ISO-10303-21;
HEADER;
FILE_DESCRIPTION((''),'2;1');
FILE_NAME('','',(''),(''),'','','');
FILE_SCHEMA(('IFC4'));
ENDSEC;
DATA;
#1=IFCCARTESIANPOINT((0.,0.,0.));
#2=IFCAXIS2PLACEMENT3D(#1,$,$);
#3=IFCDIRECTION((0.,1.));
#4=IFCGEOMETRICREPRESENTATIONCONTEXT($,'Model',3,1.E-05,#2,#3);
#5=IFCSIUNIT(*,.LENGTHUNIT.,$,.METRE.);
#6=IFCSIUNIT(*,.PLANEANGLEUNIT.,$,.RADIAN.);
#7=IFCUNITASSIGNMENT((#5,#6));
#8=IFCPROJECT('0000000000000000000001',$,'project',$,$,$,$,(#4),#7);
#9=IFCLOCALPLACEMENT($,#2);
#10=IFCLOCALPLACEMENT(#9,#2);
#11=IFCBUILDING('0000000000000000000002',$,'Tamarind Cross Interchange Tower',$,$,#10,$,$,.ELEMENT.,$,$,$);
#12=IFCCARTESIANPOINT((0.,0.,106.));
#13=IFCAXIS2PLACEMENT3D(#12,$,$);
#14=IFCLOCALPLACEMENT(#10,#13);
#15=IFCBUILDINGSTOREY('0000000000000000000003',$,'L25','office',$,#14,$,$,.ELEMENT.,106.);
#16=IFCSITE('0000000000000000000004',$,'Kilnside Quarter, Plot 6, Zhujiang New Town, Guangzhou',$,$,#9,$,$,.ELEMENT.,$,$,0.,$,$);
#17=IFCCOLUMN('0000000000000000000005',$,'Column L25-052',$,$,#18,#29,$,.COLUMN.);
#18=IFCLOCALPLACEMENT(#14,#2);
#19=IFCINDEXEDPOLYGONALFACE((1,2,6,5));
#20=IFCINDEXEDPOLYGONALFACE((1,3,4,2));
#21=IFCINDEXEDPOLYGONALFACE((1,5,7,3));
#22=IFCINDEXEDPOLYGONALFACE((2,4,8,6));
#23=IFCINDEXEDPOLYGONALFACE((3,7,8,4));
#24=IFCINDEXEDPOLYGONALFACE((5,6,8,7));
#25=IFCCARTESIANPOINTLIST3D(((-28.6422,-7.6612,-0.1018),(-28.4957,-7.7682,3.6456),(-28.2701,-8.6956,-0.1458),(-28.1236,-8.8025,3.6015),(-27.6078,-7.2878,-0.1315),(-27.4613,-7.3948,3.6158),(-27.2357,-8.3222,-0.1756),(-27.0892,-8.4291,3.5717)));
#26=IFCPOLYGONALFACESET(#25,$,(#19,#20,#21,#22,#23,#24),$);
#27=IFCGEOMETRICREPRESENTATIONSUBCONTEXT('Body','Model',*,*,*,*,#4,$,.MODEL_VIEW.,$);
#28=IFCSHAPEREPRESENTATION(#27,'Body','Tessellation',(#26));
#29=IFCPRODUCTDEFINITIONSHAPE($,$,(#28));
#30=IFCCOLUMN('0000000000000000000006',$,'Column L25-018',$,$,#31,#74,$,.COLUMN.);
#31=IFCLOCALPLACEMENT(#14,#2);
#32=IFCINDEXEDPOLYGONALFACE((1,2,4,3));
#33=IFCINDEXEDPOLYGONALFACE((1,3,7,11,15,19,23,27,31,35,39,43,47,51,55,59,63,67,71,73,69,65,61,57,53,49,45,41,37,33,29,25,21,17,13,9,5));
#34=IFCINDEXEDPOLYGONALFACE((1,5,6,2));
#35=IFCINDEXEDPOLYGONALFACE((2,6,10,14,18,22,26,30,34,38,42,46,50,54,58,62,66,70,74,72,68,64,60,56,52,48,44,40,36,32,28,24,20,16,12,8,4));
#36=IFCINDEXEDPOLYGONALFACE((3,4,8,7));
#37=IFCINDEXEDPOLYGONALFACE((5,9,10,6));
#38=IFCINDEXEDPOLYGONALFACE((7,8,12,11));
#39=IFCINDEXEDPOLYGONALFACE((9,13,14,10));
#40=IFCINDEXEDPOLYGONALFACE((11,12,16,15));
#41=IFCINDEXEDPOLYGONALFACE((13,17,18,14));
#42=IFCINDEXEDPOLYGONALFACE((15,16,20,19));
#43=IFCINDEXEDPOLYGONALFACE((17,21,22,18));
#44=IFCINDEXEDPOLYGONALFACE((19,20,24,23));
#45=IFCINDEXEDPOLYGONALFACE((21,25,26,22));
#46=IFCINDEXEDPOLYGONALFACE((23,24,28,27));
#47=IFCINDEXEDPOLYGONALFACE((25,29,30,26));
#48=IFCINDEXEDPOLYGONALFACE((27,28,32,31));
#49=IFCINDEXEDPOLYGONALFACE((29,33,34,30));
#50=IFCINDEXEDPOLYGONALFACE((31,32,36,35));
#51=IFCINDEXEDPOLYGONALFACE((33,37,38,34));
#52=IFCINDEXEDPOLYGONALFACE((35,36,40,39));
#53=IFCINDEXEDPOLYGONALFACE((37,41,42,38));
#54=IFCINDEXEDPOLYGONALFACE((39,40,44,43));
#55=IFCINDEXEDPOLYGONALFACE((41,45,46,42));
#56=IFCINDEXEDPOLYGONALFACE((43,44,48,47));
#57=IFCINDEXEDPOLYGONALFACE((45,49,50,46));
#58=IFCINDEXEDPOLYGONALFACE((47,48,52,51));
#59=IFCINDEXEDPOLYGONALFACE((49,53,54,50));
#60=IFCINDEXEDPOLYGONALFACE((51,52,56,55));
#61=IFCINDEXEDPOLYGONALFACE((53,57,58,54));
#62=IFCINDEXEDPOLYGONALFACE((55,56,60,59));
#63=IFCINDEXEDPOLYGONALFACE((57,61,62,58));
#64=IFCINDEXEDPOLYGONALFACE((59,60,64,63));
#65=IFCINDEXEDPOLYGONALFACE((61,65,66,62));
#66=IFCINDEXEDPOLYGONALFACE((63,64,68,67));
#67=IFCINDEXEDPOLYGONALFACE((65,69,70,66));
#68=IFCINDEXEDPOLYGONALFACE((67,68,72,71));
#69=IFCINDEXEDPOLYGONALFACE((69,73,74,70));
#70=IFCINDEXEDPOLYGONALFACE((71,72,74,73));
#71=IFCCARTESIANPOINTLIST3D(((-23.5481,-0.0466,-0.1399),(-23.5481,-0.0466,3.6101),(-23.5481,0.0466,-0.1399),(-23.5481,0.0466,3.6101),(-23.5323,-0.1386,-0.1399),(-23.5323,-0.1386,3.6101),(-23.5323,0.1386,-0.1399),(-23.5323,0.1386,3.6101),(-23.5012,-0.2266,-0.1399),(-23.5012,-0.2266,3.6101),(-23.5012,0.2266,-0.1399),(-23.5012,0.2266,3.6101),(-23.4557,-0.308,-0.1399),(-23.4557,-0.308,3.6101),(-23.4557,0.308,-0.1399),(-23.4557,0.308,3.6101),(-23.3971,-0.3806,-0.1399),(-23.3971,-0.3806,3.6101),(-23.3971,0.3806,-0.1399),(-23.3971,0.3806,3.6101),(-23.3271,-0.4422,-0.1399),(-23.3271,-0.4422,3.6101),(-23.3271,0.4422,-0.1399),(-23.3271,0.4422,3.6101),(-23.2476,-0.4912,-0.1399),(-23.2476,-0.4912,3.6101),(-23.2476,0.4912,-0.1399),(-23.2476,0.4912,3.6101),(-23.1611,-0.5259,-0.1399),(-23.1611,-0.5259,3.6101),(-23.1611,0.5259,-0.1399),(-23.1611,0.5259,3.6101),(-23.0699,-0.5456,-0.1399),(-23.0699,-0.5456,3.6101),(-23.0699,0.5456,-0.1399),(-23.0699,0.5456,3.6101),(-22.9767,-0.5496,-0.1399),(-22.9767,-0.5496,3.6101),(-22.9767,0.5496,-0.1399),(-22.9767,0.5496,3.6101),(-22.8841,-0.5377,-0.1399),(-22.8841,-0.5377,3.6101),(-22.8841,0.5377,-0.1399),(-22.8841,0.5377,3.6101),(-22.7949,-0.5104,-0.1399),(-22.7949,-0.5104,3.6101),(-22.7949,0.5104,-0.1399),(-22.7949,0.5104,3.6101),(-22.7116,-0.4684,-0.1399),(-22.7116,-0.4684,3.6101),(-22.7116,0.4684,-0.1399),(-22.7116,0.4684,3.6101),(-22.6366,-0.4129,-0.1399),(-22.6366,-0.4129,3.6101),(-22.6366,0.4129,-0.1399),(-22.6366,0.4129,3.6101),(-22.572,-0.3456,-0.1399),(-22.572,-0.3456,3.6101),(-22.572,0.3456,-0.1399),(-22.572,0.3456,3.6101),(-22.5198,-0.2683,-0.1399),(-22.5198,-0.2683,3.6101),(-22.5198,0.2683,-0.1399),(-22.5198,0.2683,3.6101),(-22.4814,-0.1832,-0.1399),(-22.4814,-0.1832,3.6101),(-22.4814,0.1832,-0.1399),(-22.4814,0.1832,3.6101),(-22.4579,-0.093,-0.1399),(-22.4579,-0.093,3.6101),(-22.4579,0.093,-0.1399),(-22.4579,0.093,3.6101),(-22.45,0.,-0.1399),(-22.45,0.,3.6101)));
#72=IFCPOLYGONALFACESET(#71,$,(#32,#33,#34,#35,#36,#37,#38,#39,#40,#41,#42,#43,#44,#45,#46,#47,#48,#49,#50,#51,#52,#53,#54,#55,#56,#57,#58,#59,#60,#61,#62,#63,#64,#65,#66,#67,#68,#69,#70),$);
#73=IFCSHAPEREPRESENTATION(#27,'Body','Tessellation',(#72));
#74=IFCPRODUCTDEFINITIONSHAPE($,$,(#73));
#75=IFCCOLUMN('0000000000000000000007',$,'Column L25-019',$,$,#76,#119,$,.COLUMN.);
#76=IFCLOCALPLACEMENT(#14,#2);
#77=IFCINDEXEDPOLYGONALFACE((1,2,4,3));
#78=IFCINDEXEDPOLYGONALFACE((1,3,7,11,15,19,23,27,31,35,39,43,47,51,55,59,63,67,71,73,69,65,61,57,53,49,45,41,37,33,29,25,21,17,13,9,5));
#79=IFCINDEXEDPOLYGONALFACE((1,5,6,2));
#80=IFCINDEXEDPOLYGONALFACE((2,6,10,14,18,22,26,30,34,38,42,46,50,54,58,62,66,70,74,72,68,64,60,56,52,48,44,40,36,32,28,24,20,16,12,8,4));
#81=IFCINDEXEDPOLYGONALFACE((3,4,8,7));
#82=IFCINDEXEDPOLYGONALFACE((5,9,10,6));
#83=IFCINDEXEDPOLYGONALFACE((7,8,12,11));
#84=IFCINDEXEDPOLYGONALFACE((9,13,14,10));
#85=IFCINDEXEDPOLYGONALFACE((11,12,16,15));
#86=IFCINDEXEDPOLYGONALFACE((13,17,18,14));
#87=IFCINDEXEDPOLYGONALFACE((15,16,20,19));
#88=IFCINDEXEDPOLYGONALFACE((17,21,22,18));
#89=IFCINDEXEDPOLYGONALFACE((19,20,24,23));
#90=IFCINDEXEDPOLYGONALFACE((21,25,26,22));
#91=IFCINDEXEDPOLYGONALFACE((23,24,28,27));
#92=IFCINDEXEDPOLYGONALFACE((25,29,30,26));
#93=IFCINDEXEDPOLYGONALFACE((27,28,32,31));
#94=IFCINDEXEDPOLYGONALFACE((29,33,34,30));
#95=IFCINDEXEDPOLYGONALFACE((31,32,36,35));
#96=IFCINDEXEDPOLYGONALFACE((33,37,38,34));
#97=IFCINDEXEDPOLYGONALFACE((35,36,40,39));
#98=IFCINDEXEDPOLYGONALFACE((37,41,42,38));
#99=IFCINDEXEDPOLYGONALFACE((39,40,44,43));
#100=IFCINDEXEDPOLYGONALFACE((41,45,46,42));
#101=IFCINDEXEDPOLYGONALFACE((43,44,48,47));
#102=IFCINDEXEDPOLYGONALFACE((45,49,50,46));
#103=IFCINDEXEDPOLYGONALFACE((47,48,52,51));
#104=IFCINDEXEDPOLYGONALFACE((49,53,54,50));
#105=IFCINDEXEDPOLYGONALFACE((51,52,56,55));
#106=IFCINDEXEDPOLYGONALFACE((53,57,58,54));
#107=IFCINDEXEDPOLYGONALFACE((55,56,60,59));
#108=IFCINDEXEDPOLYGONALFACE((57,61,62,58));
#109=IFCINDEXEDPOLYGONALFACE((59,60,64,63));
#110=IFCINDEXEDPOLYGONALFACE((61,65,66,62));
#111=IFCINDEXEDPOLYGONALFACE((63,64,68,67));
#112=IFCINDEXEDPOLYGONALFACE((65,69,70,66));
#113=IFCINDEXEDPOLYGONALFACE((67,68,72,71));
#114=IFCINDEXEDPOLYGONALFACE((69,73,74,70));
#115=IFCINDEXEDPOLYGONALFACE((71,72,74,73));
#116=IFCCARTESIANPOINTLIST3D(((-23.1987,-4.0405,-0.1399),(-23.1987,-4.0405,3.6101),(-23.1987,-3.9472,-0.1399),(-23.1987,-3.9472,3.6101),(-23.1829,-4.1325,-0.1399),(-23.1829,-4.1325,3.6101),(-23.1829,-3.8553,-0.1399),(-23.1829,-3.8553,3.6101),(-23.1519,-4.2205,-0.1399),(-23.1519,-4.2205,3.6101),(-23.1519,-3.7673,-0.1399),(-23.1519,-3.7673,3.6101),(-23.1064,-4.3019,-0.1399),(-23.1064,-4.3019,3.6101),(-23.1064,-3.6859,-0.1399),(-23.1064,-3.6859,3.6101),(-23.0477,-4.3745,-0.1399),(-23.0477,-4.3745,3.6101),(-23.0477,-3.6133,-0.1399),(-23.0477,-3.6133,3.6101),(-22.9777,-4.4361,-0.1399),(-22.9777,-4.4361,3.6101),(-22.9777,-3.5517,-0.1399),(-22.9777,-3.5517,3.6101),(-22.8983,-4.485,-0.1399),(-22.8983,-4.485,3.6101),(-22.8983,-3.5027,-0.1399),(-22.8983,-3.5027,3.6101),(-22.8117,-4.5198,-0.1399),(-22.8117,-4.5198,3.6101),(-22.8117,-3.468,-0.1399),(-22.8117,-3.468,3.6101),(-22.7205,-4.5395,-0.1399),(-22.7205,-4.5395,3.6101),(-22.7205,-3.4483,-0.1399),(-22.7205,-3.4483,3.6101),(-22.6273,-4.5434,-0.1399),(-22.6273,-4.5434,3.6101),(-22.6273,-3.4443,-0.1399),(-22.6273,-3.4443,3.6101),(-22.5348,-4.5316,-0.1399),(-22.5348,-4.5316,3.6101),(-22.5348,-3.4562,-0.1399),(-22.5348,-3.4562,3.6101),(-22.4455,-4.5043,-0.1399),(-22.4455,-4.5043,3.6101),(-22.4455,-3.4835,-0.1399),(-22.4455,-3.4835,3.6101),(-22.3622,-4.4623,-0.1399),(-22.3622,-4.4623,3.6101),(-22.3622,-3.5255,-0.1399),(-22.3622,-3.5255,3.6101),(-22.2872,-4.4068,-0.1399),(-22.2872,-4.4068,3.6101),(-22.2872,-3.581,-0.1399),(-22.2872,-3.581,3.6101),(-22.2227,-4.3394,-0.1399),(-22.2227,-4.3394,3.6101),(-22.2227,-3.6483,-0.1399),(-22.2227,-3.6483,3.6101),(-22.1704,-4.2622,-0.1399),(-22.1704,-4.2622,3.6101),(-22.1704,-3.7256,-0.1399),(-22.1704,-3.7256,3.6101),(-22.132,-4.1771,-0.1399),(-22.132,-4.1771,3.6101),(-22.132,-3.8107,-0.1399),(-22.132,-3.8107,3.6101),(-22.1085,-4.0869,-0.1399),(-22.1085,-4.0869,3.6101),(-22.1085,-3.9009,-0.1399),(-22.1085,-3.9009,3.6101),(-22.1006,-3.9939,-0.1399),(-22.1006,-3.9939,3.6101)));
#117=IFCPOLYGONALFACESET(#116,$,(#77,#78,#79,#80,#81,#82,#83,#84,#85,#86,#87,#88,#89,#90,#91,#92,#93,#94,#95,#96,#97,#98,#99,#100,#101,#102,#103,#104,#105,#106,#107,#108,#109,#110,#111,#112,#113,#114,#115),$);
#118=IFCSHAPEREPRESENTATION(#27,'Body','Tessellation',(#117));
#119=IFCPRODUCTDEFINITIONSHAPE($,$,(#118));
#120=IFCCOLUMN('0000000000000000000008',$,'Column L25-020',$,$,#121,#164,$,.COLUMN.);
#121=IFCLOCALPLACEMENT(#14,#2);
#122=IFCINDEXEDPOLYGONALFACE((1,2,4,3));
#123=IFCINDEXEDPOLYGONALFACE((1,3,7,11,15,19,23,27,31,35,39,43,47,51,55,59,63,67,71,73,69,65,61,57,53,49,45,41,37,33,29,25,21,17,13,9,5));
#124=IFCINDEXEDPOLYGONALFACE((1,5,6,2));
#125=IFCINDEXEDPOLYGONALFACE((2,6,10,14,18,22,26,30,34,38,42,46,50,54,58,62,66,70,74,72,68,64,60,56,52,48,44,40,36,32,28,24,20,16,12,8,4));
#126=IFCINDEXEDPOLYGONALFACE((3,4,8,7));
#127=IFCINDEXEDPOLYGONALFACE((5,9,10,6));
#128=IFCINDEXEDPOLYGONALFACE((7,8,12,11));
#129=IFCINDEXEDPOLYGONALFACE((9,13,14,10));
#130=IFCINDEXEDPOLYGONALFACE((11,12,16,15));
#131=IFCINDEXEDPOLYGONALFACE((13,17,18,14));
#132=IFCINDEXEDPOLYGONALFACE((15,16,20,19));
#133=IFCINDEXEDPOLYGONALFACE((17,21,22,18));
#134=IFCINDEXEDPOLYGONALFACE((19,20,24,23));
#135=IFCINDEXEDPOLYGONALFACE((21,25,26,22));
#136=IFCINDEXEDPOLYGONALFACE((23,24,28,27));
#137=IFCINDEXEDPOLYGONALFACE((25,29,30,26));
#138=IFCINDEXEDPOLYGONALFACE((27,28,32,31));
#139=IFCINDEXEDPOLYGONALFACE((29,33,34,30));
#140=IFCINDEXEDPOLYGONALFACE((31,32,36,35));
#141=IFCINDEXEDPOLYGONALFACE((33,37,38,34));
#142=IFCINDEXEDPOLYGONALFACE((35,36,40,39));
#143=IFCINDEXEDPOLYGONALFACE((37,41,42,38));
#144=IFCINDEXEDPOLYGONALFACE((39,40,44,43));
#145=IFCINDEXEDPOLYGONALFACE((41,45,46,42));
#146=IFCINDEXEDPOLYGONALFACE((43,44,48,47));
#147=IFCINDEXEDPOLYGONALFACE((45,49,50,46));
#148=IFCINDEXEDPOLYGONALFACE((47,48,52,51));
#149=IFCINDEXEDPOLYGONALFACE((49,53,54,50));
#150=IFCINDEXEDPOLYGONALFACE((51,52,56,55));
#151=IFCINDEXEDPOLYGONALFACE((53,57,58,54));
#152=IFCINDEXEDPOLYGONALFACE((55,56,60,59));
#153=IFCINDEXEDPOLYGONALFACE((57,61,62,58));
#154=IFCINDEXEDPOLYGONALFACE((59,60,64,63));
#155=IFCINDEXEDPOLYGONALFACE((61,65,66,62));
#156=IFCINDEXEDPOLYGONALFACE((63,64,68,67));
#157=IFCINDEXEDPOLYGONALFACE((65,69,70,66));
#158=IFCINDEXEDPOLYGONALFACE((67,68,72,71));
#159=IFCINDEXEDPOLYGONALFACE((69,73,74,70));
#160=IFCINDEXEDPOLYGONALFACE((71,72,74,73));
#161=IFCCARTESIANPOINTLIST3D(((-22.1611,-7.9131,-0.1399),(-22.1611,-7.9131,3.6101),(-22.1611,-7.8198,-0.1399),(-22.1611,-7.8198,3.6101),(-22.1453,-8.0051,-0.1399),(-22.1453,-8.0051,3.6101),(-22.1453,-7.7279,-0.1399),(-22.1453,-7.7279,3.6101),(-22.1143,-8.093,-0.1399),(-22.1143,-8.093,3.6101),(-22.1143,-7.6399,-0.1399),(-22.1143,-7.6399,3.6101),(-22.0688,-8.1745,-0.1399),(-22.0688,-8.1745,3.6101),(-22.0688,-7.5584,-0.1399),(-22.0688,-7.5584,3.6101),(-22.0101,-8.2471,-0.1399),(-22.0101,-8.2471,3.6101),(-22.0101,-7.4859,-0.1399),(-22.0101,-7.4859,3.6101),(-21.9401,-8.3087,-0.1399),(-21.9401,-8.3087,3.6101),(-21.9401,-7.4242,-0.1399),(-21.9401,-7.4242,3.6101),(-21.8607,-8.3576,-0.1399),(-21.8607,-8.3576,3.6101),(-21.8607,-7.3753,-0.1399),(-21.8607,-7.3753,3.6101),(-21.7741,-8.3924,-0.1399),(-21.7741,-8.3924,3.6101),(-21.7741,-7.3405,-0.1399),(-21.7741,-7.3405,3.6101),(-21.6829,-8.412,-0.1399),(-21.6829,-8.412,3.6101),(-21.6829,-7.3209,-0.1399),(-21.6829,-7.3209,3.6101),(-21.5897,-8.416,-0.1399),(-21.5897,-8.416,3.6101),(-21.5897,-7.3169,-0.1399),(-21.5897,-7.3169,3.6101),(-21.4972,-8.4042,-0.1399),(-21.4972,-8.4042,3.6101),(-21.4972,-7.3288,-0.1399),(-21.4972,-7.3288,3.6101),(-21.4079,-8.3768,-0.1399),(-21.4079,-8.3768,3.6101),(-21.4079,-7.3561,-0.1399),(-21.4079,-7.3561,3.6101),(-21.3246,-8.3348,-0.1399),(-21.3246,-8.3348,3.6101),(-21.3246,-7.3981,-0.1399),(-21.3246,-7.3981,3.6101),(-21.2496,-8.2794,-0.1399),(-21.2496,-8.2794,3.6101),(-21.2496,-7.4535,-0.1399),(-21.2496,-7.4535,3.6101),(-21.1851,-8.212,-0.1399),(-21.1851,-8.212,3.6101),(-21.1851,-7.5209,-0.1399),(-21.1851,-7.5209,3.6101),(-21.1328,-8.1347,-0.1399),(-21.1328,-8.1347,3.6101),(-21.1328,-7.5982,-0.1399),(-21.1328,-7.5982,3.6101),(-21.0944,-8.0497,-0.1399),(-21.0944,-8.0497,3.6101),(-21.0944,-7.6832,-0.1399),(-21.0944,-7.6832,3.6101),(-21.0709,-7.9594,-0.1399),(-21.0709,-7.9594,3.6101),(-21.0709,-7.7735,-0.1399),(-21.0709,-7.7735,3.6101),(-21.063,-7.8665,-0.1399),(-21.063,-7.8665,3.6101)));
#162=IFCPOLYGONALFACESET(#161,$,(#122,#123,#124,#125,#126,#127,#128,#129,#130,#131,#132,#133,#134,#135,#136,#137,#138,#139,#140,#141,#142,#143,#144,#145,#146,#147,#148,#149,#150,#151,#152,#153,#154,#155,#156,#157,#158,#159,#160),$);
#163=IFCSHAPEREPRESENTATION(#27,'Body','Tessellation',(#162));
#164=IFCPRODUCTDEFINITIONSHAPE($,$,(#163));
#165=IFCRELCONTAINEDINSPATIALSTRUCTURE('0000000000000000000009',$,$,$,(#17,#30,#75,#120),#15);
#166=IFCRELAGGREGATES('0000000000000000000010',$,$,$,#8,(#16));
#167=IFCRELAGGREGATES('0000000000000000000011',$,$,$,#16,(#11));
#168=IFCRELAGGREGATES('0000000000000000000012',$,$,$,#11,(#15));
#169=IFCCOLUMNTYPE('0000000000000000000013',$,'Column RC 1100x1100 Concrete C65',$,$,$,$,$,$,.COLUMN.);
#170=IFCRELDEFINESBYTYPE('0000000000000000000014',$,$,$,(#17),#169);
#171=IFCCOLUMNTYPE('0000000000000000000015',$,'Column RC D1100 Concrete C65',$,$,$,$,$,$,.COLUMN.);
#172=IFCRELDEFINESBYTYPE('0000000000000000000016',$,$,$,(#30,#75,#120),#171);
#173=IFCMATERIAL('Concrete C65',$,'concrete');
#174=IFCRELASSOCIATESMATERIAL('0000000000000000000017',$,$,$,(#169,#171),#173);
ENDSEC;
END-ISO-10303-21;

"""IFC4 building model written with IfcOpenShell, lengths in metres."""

from ifc_helpers import new_model, si_unit, direction, frame, origin, origin_2d, place, context, subcontext, project, spatial, rectangle, circle, extrude, material, material_profile, profile_set, type_object, element, save


model = new_model("IFC4")

# Units and contexts
model_context = context("Model", 3, precision=1e-05, world=origin(), true_north=direction((0.0, 1.0)))
body_context = subcontext(model_context, "Body", "Model", "MODEL_VIEW")
ifc_project = project(units=[si_unit("LENGTHUNIT", "METRE"), si_unit("PLANEANGLEUNIT", "RADIAN")], contexts=[model_context])

# Site, building, storey
site_placement = place(None, origin())
site = spatial("IfcSite", under=ifc_project, at=site_placement, Name="Kilnside Quarter, Plot 6, Zhujiang New Town, Guangzhou", CompositionType="ELEMENT", RefElevation=0.0)
building_placement = place(site_placement, origin())
building = spatial("IfcBuilding", under=site, at=building_placement, Name="Tamarind Cross Interchange Tower", CompositionType="ELEMENT")
storey_placement = place(building_placement, frame((0.0, 0.0, 106.0)))
storey = spatial("IfcBuildingStorey", under=building, at=storey_placement, Name="L25", Description="office", CompositionType="ELEMENT", Elevation=106.0)

# Columns
ifc_material_1 = material(Name="Concrete C65", Category="concrete")
ifc_material_profile_1 = material_profile(ifc_material_1, rectangle(XDim=1.1001, YDim=1.1001, at=origin_2d()), Name="RC 1100x1100")
ifc_profile_set_1 = profile_set([ifc_material_profile_1], Name="Concrete C65")
column_type_1 = type_object("IfcColumnType", Name="Column RC 1100x1100 Concrete C65", PredefinedType="COLUMN", material=ifc_profile_set_1)
column_placement = place(storey_placement, frame((-27.939, -7.9917, -0.1387), z_axis=(0.039045, -0.028503, 0.998831), x_axis=(-0.338246, 0.940205, 0.040052)))
element("IfcColumn", 1, at=column_placement, inside=storey, type_object=column_type_1, Name="Column L25-052", PredefinedType="COLUMN", context=body_context, shape_type="SweptSolid", body=[
    extrude(rectangle(XDim=1.1001, YDim=1.1001, at=origin_2d()), origin(), (0.0, 0.0, 1.0), 3.7517),
])
ifc_material_profile_2 = material_profile(ifc_material_1, circle(Radius=0.55, at=origin_2d()), Name="RC D1100")
ifc_profile_set_2 = profile_set([ifc_material_profile_2], Name="Concrete C65")
column_type_2 = type_object("IfcColumnType", Name="Column RC D1100 Concrete C65", PredefinedType="COLUMN", material=ifc_profile_set_2)
for number, where, z_axis, x_axis, name in (
    (2, (-23.0, 0.0, -0.1399), (0.0, 0.0, 1.0), (1.0, 0.0, 0.0), "Column L25-018"),
    (3, (-22.6506, -3.9939, -0.1399), (0.0, 0.0, 1.0), (1.0, 0.0, 0.0), "Column L25-019"),
    (4, (-21.613, -7.8665, -0.1399), (0.0, 0.0, 1.0), (1.0, 0.0, 0.0), "Column L25-020"),
):
    element("IfcColumn", number, at=place(storey_placement, frame(where, z_axis=z_axis, x_axis=x_axis)), inside=storey, type_object=column_type_2, Name=name, PredefinedType="COLUMN", context=body_context, shape_type="SweptSolid", body=[
        extrude(circle(Radius=0.55, at=origin_2d()), origin(), (0.0, 0.0, 1.0), 3.75),
    ])

save(model, "model.ifc")
